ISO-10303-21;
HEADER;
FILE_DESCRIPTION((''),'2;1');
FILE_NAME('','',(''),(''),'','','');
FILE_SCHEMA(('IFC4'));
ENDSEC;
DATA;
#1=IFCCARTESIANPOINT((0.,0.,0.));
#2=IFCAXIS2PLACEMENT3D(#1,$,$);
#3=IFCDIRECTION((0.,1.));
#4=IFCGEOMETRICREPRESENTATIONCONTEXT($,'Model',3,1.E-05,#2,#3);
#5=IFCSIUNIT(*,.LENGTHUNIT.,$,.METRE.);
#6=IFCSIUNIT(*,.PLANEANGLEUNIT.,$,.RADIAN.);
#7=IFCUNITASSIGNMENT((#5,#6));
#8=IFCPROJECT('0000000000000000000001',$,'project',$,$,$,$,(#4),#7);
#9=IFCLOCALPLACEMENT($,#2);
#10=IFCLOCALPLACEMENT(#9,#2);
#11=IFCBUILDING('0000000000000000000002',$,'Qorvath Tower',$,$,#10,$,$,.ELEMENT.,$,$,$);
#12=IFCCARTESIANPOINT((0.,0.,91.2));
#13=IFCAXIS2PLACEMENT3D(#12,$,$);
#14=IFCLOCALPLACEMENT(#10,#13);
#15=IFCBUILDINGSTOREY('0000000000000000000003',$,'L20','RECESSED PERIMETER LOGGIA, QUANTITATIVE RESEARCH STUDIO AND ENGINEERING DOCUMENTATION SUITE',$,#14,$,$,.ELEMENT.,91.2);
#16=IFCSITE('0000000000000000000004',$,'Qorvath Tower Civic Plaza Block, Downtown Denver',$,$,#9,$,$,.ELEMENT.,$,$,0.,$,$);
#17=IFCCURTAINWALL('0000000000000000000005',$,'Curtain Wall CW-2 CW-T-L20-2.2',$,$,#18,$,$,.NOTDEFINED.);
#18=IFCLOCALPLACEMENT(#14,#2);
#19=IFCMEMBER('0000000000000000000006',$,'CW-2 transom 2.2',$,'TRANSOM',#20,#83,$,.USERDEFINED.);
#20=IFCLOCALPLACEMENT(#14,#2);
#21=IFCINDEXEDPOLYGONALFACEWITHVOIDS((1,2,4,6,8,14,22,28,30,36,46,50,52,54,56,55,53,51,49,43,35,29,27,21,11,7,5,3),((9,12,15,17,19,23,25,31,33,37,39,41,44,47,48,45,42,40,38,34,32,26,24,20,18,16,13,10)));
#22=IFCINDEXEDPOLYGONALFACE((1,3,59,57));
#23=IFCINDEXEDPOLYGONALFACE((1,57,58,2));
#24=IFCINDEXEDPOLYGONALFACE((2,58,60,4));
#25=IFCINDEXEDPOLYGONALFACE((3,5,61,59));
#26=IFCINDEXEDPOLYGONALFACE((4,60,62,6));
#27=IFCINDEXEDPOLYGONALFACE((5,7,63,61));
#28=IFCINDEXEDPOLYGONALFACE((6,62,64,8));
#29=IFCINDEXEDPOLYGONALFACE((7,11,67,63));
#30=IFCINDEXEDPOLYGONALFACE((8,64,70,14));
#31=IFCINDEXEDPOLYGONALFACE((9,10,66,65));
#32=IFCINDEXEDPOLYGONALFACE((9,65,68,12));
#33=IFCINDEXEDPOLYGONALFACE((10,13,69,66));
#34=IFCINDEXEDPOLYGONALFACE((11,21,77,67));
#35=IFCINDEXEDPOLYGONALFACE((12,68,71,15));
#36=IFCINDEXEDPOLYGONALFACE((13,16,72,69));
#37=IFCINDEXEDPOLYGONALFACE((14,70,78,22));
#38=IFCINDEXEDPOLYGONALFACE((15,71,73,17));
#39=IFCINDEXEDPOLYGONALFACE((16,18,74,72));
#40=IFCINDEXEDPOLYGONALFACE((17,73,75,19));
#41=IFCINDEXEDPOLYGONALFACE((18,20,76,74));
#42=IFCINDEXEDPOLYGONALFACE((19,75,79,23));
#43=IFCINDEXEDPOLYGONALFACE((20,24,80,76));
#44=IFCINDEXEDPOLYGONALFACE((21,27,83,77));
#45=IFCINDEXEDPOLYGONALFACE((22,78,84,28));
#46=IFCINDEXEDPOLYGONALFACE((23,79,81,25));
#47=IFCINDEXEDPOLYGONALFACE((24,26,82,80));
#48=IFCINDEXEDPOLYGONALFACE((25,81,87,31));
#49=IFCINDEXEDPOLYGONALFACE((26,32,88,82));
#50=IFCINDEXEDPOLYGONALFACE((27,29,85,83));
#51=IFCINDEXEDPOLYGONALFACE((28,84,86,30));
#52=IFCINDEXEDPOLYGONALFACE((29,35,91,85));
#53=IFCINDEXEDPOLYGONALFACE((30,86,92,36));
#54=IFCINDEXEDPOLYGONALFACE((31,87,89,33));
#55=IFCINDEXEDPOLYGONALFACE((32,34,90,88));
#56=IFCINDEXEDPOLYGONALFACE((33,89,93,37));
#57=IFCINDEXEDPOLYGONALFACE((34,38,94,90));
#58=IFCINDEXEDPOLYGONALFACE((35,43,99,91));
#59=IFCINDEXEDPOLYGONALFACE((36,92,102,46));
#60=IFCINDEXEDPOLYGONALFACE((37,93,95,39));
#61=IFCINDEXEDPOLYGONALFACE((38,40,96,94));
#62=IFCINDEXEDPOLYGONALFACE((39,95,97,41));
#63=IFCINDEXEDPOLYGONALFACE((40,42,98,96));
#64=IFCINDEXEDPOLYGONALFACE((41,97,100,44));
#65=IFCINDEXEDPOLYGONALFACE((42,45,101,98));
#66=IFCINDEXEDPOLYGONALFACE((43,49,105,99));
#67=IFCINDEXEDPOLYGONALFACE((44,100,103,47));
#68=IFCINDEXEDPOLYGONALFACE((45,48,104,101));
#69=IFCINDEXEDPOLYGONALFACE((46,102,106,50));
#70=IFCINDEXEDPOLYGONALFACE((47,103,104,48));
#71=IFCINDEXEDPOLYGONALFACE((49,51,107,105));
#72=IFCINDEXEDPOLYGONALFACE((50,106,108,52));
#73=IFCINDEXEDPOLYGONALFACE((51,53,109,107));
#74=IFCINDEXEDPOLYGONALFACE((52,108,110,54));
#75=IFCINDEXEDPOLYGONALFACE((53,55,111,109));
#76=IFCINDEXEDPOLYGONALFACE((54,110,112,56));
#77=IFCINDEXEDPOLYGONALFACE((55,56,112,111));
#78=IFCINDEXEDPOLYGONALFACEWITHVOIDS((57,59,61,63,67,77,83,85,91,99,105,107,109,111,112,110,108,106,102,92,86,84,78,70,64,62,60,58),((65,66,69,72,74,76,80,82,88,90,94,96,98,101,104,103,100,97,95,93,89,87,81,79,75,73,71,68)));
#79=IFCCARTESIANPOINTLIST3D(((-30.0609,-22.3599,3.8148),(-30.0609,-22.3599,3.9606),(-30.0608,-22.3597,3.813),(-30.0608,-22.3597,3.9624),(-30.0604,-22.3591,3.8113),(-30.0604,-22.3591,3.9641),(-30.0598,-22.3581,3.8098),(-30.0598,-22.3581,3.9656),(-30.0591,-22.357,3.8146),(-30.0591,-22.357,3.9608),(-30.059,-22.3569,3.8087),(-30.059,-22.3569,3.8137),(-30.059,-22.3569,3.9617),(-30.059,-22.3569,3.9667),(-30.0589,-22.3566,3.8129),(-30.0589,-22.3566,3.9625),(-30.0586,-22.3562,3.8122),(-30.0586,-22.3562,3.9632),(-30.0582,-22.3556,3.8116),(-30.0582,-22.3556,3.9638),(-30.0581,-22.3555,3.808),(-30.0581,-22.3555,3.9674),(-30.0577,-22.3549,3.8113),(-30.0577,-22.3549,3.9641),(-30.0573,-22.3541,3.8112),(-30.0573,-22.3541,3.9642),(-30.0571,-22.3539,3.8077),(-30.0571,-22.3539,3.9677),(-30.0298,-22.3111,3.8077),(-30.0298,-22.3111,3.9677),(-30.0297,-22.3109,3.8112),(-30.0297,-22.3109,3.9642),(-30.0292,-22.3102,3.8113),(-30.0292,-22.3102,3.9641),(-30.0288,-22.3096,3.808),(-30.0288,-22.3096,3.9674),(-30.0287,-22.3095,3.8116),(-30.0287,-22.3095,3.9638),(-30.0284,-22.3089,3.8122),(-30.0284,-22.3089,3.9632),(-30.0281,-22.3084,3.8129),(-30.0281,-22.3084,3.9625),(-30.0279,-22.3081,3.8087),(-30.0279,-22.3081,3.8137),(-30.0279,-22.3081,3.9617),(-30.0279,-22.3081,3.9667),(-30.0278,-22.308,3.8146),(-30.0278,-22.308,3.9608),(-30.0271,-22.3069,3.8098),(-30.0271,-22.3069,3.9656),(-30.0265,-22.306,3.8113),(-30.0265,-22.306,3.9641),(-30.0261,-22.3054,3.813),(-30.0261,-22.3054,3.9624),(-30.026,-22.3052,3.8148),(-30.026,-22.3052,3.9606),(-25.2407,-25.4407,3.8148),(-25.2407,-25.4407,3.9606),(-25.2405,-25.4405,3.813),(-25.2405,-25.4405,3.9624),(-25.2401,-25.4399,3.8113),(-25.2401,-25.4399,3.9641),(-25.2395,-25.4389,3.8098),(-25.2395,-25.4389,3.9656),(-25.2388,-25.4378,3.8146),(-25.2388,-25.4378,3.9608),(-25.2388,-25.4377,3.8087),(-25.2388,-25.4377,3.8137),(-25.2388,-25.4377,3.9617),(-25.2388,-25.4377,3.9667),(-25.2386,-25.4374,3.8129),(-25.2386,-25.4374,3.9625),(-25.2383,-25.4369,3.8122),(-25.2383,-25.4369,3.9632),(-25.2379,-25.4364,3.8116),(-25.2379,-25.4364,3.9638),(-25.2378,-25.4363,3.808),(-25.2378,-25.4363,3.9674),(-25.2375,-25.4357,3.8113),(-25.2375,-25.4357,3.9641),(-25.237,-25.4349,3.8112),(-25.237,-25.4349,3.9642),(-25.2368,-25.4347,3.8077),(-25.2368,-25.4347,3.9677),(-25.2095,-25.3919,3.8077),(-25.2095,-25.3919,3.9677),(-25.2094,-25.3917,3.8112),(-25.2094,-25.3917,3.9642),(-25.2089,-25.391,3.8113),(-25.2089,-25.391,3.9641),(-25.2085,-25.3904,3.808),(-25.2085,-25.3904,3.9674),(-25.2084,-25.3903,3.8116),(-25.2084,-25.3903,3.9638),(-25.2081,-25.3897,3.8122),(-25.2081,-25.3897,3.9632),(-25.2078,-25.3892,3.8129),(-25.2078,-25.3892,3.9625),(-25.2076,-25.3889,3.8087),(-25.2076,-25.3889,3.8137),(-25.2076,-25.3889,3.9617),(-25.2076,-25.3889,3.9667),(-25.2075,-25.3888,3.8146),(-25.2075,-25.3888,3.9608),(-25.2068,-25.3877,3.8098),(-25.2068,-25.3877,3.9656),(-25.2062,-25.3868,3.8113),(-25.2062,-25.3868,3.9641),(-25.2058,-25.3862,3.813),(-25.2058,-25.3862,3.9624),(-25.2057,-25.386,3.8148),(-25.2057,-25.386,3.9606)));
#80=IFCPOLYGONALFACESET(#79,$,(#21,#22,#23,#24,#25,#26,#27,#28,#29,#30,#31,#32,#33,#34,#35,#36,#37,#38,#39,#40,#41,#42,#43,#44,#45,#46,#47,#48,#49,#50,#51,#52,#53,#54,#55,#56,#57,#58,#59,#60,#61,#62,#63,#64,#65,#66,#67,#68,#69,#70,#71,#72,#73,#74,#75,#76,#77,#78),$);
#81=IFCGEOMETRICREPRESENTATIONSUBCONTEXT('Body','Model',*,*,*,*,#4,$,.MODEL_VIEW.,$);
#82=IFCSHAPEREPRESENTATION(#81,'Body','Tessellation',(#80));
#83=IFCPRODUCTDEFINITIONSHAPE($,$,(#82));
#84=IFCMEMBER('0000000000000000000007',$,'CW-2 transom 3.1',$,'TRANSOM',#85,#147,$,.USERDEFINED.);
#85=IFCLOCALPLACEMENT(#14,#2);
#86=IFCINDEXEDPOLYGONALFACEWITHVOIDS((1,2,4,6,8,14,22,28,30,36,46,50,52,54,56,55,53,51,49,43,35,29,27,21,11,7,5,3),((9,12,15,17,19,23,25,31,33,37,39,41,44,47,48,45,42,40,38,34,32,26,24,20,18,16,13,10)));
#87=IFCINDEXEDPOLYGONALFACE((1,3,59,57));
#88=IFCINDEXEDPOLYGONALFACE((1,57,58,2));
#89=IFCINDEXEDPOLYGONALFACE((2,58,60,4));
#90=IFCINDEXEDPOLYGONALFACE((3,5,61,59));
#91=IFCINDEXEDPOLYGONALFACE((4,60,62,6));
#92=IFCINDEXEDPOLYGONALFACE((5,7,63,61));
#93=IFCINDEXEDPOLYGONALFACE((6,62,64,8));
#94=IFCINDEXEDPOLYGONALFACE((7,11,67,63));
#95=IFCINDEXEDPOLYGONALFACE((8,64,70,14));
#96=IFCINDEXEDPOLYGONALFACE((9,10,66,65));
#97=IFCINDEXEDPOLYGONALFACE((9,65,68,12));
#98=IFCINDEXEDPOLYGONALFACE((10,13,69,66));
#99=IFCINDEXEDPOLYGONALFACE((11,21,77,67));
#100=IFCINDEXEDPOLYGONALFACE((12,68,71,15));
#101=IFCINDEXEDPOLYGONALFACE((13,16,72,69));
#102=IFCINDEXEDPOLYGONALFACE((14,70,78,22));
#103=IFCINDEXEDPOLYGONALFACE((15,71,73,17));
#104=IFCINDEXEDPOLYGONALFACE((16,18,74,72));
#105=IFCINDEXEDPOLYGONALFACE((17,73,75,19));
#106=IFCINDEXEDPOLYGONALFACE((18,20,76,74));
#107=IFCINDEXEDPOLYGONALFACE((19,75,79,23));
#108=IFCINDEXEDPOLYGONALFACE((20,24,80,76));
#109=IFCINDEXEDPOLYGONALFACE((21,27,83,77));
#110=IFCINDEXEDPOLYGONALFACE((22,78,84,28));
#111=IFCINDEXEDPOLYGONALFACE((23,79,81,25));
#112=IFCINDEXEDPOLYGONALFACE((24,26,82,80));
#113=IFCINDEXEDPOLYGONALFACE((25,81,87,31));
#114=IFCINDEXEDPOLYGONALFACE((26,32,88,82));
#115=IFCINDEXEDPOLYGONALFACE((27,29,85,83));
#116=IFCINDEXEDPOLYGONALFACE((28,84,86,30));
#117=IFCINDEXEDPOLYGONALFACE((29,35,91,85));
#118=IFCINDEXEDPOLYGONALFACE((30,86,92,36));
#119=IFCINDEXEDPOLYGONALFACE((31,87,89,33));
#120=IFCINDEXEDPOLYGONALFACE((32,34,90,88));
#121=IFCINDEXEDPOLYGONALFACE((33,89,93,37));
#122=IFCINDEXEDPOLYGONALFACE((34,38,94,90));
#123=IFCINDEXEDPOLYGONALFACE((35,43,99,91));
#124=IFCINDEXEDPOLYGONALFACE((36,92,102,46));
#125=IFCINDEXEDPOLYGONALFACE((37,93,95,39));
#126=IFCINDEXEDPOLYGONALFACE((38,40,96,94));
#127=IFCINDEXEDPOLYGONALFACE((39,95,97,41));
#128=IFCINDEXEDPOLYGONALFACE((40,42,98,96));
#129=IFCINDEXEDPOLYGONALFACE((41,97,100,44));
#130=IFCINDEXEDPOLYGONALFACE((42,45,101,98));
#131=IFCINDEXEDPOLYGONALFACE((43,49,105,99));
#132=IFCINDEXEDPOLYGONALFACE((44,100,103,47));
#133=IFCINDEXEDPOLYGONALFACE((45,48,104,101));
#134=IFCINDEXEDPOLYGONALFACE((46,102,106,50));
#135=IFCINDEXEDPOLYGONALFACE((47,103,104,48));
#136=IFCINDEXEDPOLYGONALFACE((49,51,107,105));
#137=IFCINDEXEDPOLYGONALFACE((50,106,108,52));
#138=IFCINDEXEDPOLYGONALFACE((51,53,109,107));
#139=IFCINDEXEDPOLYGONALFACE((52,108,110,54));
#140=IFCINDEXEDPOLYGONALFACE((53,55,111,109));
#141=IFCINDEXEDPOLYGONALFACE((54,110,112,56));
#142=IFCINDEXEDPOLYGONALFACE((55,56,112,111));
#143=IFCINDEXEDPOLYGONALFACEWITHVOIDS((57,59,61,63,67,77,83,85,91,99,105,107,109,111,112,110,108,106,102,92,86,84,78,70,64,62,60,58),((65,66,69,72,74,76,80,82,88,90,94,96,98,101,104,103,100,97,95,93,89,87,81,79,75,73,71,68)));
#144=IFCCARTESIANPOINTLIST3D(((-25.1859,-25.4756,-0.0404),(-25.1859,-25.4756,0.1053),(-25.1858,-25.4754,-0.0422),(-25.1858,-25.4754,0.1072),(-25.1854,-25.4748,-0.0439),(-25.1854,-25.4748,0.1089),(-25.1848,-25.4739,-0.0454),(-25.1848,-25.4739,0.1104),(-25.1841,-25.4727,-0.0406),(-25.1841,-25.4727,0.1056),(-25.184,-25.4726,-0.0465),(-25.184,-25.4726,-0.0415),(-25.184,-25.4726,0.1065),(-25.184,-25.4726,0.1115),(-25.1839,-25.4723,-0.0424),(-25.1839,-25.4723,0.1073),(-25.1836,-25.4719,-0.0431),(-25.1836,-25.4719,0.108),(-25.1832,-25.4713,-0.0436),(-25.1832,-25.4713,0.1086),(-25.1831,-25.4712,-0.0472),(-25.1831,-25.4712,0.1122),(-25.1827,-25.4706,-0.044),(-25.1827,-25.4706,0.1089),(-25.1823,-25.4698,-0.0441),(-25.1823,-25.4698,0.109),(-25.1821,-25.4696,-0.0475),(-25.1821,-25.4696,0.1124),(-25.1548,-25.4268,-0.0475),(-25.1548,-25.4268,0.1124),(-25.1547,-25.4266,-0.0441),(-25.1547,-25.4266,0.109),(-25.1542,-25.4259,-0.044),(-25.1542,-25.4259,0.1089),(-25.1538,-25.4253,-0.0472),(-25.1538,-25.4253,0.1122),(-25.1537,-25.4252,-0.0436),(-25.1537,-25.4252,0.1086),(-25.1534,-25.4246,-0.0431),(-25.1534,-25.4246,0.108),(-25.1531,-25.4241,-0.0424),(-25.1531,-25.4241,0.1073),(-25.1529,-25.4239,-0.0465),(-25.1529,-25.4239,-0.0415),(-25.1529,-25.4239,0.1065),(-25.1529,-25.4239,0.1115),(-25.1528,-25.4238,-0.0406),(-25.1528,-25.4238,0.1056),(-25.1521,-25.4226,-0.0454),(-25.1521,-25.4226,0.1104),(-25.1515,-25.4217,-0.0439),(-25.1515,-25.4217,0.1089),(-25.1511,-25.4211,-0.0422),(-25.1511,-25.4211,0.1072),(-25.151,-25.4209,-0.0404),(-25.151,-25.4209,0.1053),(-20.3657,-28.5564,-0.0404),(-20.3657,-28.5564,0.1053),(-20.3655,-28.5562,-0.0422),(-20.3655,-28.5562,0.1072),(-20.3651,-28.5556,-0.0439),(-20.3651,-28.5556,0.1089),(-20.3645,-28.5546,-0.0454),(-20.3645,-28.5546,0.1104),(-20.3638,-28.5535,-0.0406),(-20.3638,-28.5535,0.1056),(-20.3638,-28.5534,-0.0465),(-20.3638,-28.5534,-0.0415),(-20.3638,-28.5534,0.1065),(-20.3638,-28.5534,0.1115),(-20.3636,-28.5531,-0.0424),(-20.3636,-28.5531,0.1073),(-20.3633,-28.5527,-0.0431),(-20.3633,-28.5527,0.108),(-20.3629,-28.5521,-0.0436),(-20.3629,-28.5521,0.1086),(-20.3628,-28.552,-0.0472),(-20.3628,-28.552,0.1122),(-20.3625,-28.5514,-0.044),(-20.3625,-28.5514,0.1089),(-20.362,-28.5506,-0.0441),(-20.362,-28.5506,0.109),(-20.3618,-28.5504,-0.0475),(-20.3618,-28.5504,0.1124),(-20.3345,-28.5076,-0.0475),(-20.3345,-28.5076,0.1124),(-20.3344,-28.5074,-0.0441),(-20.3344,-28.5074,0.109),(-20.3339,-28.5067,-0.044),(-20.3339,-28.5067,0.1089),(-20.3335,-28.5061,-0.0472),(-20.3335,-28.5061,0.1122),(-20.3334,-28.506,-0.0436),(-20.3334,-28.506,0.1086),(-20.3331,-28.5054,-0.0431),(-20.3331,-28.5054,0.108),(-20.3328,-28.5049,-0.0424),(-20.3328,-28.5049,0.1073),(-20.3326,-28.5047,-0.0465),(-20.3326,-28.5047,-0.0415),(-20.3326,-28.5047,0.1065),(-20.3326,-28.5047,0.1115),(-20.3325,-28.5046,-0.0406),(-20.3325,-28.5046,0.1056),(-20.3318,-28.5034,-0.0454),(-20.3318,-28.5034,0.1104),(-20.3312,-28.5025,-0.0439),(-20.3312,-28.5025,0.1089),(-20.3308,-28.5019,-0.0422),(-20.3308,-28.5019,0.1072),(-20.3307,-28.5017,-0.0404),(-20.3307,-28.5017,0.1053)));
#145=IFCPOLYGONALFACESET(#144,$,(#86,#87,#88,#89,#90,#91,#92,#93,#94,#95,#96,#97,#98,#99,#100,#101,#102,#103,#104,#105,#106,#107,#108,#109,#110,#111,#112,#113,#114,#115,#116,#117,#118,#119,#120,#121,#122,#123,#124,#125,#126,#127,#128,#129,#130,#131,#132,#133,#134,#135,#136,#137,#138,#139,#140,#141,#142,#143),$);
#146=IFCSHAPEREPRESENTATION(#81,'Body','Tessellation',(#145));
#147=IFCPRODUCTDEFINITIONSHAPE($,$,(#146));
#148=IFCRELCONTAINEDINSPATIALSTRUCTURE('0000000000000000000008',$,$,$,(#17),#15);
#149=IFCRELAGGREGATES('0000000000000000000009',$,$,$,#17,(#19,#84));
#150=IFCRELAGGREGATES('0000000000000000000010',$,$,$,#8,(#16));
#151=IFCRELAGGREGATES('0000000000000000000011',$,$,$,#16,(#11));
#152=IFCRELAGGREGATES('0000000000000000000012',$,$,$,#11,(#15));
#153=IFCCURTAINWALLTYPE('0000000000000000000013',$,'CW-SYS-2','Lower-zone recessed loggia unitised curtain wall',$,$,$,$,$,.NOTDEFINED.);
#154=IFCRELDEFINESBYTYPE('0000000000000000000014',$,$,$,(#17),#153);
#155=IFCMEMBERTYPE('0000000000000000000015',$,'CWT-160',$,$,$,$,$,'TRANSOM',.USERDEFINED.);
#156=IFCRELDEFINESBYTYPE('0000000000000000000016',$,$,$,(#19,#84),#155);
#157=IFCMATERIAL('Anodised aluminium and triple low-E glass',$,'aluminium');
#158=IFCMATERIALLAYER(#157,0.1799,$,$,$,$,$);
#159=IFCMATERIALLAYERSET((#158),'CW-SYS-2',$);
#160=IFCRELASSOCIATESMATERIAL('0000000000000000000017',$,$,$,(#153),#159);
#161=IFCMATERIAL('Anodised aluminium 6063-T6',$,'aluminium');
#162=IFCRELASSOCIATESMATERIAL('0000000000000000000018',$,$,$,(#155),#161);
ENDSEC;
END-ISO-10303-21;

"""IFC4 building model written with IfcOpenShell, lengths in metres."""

from ifc_helpers import new_model, si_unit, direction, frame, origin, origin_2d, place, context, subcontext, project, spatial, hollow_rectangle, extrude, material, layer, layer_set, material_profile, profile_set, type_object, element, aggregate, save


model = new_model("IFC4")

# Units and contexts
model_context = context("Model", 3, precision=1e-05, world=origin(), true_north=direction((0.0, 1.0)))
body_context = subcontext(model_context, "Body", "Model", "MODEL_VIEW")
ifc_project = project(units=[si_unit("LENGTHUNIT", "METRE"), si_unit("PLANEANGLEUNIT", "RADIAN")], contexts=[model_context])

# Site, building, storey
site_placement = place(None, origin())
site = spatial("IfcSite", under=ifc_project, at=site_placement, Name="Qorvath Tower Civic Plaza Block, Downtown Denver", CompositionType="ELEMENT", RefElevation=0.0)
building_placement = place(site_placement, origin())
building = spatial("IfcBuilding", under=site, at=building_placement, Name="Qorvath Tower", CompositionType="ELEMENT")
storey_placement = place(building_placement, frame((0.0, 0.0, 91.2)))
storey = spatial("IfcBuildingStorey", under=building, at=storey_placement, Name="L20", Description="RECESSED PERIMETER LOGGIA, QUANTITATIVE RESEARCH STUDIO AND ENGINEERING DOCUMENTATION SUITE", CompositionType="ELEMENT", Elevation=91.2)

# Curtain wall, members
ifc_material_1 = material(Name="Anodised aluminium and triple low-E glass", Category="aluminium")
ifc_layer_1 = layer(ifc_material_1, 0.1799)
ifc_layer_set_1 = layer_set([ifc_layer_1], Name="CW-SYS-2")
curtain_wall_type = type_object("IfcCurtainWallType", Name="CW-SYS-2", Description="Lower-zone recessed loggia unitised curtain wall", PredefinedType="NOTDEFINED", material=ifc_layer_set_1)
curtain_wall_placement = place(storey_placement, origin())
curtain_wall = element("IfcCurtainWall", 1, at=curtain_wall_placement, inside=storey, type_object=curtain_wall_type, Name="Curtain Wall CW-2 CW-T-L20-2.2", PredefinedType="NOTDEFINED")
ifc_material_2 = material(Name="Anodised aluminium 6063-T6", Category="aluminium")
ifc_material_profile_1 = material_profile(ifc_material_2, hollow_rectangle(XDim=0.0649, YDim=0.1599, WallThickness=0.0034, InnerFilletRadius=0.0034, OuterFilletRadius=0.0071, at=origin_2d()), Name="CWT 160x65")
ifc_profile_set_1 = profile_set([ifc_material_profile_1], Name="Anodised aluminium 6063-T6")
member_type_1 = type_object("IfcMemberType", Name="CWT-160", ElementType="TRANSOM", PredefinedType="USERDEFINED", material=ifc_profile_set_1)
member_1_placement = place(storey_placement, frame((-30.0435, -22.3325, 3.8877), z_axis=(0.842604, -0.538534, 0.0), x_axis=(0.538534, 0.842604, 0.0)))
member_1 = element("IfcMember", 2, at=member_1_placement, type_object=member_type_1, Name="CW-2 transom 2.2", ObjectType="TRANSOM", PredefinedType="USERDEFINED", context=body_context, shape_type="SweptSolid", body=[
    extrude(hollow_rectangle(XDim=0.0649, YDim=0.1599, WallThickness=0.0034, InnerFilletRadius=0.0034, OuterFilletRadius=0.0071, at=origin_2d()), origin(), (0.0, 0.0, 1.0), 5.7207),
])
member_2_placement = place(storey_placement, frame((-25.1685, -25.4482, 0.0325), z_axis=(0.842604, -0.538534, 0.0), x_axis=(0.538534, 0.842604, 0.0)))
member_2 = element("IfcMember", 3, at=member_2_placement, type_object=member_type_1, Name="CW-2 transom 3.1", ObjectType="TRANSOM", PredefinedType="USERDEFINED", context=body_context, shape_type="SweptSolid", body=[
    extrude(hollow_rectangle(XDim=0.0649, YDim=0.1599, WallThickness=0.0034, InnerFilletRadius=0.0034, OuterFilletRadius=0.0071, at=origin_2d()), origin(), (0.0, 0.0, 1.0), 5.7207),
])
aggregate(curtain_wall, [member_1, member_2])

save(model, "model.ifc")
